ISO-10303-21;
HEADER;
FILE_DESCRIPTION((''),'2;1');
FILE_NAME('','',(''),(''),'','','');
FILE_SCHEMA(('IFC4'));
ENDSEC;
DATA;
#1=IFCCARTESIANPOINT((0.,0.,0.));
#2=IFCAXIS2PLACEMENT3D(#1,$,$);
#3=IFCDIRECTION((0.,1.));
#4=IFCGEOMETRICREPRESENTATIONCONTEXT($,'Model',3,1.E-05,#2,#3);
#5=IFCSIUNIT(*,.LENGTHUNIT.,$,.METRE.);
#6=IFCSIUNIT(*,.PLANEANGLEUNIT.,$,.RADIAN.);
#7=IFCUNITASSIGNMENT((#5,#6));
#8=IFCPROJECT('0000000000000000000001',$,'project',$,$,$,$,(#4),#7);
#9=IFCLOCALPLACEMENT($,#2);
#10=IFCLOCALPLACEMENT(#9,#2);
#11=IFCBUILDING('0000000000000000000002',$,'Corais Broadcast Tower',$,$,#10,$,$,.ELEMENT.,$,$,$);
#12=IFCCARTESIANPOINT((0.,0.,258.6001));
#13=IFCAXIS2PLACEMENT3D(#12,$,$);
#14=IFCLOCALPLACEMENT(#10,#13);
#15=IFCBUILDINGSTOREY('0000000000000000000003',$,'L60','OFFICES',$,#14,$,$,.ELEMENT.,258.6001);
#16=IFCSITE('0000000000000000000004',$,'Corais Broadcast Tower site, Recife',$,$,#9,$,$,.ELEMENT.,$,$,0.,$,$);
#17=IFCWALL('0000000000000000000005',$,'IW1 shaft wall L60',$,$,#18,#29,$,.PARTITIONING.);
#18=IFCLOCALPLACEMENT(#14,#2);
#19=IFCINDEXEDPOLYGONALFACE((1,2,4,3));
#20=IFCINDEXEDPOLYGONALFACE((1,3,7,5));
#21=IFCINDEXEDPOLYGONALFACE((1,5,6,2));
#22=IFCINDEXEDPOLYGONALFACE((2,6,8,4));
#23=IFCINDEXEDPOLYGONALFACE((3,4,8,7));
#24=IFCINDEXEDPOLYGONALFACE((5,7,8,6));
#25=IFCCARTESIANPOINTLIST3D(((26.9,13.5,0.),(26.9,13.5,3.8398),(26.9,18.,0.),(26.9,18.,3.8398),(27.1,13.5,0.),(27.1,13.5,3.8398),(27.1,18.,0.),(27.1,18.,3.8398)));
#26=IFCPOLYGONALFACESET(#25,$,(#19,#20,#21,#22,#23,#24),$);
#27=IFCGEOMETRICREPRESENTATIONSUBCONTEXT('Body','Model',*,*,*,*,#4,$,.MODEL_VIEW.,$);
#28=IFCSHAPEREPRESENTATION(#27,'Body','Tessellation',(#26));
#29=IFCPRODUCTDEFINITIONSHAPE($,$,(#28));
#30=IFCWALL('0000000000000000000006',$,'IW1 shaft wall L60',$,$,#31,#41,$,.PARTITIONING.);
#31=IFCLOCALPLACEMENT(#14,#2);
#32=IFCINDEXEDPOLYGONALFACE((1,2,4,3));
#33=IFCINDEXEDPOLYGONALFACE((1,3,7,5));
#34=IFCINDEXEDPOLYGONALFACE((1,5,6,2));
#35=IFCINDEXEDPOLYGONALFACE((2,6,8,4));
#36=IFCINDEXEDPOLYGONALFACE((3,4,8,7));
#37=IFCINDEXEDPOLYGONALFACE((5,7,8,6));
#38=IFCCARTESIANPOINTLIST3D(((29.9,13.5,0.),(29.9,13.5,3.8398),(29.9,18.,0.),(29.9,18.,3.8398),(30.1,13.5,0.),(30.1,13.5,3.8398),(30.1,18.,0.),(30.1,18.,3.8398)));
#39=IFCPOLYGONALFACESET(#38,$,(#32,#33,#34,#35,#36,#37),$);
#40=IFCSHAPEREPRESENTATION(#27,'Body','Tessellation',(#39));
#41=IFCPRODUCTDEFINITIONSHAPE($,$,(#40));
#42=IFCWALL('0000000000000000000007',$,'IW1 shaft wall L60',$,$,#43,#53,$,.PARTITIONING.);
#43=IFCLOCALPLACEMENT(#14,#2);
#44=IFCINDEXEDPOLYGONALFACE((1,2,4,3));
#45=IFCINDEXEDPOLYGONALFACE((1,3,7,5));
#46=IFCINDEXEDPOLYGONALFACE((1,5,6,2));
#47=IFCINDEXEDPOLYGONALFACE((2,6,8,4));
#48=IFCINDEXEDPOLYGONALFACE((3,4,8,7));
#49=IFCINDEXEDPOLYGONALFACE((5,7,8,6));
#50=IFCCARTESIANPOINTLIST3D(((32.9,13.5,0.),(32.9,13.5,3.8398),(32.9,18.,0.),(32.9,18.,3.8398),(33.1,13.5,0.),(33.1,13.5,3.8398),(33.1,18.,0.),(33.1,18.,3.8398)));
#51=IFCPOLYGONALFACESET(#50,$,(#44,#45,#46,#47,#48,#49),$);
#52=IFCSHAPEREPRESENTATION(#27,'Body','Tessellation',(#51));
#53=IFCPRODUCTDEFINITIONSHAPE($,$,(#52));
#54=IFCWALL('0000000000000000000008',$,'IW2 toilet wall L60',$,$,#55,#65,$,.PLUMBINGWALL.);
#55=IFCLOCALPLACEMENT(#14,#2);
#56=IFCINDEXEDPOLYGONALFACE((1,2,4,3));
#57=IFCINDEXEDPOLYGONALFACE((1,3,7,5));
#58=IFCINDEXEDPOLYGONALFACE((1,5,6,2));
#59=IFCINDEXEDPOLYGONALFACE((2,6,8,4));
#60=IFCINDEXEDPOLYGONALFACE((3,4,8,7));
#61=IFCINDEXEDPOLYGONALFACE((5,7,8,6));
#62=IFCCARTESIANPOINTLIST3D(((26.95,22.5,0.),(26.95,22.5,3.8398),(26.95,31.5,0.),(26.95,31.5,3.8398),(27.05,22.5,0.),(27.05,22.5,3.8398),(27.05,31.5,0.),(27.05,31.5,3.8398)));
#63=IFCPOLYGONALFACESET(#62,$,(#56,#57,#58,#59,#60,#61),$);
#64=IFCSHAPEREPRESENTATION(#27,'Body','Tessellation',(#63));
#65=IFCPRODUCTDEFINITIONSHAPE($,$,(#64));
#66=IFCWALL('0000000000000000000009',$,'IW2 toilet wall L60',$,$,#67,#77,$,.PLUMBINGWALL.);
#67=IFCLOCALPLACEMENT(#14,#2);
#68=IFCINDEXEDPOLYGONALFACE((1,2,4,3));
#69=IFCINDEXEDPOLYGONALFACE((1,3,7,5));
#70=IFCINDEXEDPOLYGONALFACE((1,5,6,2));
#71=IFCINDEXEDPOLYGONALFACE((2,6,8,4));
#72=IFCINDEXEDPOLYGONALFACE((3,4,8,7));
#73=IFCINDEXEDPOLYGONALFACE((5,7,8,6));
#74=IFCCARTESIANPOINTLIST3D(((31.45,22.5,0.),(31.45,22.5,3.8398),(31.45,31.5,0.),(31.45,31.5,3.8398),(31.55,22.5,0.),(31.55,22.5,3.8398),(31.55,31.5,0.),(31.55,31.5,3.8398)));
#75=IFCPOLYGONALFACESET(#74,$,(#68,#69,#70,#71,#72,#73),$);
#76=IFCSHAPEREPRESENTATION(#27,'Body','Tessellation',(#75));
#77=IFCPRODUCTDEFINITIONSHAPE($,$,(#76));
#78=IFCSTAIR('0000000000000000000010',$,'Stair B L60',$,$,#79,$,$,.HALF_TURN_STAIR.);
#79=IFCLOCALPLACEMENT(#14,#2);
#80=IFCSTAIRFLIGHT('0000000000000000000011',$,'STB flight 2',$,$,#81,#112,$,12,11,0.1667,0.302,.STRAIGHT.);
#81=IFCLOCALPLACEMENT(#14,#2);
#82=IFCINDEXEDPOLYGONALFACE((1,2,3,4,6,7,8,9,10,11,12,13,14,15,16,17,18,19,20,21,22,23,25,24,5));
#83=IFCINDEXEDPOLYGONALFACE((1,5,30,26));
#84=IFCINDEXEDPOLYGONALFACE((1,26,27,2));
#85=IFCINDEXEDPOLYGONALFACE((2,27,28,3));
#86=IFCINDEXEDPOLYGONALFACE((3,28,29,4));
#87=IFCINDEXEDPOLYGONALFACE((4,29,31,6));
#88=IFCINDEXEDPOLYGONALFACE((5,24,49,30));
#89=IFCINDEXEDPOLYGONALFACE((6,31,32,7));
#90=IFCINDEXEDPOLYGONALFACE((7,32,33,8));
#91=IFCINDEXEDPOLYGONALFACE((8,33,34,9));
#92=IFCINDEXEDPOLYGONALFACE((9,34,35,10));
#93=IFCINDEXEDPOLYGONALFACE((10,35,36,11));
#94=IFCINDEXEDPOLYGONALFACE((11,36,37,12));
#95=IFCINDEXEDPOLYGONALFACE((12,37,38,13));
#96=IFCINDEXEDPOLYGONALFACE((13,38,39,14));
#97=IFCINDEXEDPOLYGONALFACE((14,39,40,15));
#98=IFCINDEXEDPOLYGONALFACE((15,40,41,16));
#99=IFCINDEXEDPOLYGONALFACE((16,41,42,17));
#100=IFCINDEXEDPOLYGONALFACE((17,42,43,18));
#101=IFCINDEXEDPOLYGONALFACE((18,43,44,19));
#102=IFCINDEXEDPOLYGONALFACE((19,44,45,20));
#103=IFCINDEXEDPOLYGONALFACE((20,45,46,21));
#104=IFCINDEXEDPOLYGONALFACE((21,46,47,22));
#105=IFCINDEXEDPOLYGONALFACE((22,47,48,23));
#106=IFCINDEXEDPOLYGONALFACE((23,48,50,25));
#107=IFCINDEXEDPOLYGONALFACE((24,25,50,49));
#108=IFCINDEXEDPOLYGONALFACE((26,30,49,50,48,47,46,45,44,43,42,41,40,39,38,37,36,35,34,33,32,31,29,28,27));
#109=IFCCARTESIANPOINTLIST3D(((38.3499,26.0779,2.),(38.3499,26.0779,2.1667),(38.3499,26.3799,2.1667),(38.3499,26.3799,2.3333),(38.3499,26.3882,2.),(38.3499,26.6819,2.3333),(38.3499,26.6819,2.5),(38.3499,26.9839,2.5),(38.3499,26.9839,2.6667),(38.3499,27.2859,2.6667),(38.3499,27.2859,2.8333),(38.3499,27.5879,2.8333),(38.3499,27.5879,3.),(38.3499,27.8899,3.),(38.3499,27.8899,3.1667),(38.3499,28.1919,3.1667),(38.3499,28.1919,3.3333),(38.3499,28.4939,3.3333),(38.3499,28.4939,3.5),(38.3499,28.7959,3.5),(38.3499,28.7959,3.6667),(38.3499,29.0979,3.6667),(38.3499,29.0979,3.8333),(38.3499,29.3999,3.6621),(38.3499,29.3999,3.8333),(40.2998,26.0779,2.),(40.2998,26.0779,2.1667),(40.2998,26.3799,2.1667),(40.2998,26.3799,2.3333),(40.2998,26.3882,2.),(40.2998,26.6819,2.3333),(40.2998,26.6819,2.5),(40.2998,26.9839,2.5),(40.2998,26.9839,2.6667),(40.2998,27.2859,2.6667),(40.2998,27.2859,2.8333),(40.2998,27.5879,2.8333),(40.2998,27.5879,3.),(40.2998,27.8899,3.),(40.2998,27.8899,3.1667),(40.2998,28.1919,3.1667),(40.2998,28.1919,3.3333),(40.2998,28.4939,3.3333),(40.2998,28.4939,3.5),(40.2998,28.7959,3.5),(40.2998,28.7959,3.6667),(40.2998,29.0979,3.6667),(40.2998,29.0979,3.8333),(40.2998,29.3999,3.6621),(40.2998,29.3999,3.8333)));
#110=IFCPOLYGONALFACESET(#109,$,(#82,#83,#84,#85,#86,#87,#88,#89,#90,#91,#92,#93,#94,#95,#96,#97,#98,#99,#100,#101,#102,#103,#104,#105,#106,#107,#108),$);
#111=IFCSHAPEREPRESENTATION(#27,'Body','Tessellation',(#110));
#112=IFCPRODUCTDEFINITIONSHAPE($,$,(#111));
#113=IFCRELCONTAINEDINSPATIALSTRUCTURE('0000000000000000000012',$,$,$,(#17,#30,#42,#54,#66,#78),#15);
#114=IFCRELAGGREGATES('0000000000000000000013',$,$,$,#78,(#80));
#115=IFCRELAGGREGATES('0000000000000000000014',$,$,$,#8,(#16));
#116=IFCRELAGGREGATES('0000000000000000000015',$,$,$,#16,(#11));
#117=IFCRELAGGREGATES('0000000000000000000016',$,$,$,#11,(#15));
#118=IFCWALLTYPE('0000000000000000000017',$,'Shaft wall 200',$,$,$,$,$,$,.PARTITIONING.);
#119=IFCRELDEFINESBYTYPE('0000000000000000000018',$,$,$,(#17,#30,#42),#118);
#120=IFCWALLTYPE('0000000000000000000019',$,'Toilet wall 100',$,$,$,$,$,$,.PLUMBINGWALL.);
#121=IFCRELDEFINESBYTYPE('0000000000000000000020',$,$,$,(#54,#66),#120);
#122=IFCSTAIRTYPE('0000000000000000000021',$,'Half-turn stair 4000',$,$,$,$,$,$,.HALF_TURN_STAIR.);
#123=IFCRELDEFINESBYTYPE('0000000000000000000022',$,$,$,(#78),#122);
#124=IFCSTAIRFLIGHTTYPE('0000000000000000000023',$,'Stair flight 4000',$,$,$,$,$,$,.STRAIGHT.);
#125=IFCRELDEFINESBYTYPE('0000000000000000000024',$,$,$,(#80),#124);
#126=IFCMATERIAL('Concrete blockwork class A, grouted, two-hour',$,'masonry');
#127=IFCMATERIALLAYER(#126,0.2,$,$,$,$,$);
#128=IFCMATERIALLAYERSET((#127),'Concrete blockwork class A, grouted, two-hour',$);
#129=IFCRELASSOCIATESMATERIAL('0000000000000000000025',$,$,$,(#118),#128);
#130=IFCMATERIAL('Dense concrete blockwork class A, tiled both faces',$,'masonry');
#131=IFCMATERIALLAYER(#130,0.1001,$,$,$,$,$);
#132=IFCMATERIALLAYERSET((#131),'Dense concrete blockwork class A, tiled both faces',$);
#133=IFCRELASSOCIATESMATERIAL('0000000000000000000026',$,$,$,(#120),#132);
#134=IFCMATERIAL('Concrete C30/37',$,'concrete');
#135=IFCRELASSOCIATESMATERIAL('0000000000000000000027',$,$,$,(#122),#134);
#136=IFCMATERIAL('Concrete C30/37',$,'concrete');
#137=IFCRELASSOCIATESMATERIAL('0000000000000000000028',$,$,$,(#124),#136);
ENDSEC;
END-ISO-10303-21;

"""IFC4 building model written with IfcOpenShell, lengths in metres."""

from ifc_helpers import new_model, si_unit, direction, frame, frame_2d, origin, place, context, subcontext, project, spatial, polyline, rectangle, outline, extrude, material, layer, layer_set, type_object, element, aggregate, save


model = new_model("IFC4")

# Units and contexts
model_context = context("Model", 3, precision=1e-05, world=origin(), true_north=direction((0.0, 1.0)))
body_context = subcontext(model_context, "Body", "Model", "MODEL_VIEW")
ifc_project = project(units=[si_unit("LENGTHUNIT", "METRE"), si_unit("PLANEANGLEUNIT", "RADIAN")], contexts=[model_context])

# Site, building, storey
site_placement = place(None, origin())
site = spatial("IfcSite", under=ifc_project, at=site_placement, Name="Corais Broadcast Tower site, Recife", CompositionType="ELEMENT", RefElevation=0.0)
building_placement = place(site_placement, origin())
building = spatial("IfcBuilding", under=site, at=building_placement, Name="Corais Broadcast Tower", CompositionType="ELEMENT")
storey_placement = place(building_placement, frame((0.0, 0.0, 258.6001)))
storey = spatial("IfcBuildingStorey", under=building, at=storey_placement, Name="L60", Description="OFFICES", CompositionType="ELEMENT", Elevation=258.6001)

# Walls
ifc_material_1 = material(Name="Concrete blockwork class A, grouted, two-hour", Category="masonry")
ifc_layer_1 = layer(ifc_material_1, 0.2)
ifc_layer_set_1 = layer_set([ifc_layer_1], Name="Concrete blockwork class A, grouted, two-hour")
wall_type_1 = type_object("IfcWallType", Name="Shaft wall 200", PredefinedType="PARTITIONING", material=ifc_layer_set_1)
for number, where, z_axis, x_axis, name in (
    (1, (27.0, 13.5, 0.0), (0.0, 0.0, 1.0), (0.0, 1.0, 0.0), "IW1 shaft wall L60"),
    (2, (30.0, 13.5, 0.0), (0.0, 0.0, 1.0), (0.0, 1.0, 0.0), "IW1 shaft wall L60"),
    (3, (33.0, 13.5, 0.0), (0.0, 0.0, 1.0), (0.0, 1.0, 0.0), "IW1 shaft wall L60"),
):
    element("IfcWall", number, at=place(storey_placement, frame(where, z_axis=z_axis, x_axis=x_axis)), inside=storey, type_object=wall_type_1, Name=name, PredefinedType="PARTITIONING", context=body_context, shape_type="SweptSolid", body=[
        extrude(rectangle(XDim=4.5, YDim=0.2, at=frame_2d((2.25, 0.0))), origin(), (0.0, 0.0, 1.0), 3.8398),
    ])
ifc_material_2 = material(Name="Dense concrete blockwork class A, tiled both faces", Category="masonry")
ifc_layer_2 = layer(ifc_material_2, 0.1001)
ifc_layer_set_2 = layer_set([ifc_layer_2], Name="Dense concrete blockwork class A, tiled both faces")
wall_type_2 = type_object("IfcWallType", Name="Toilet wall 100", PredefinedType="PLUMBINGWALL", material=ifc_layer_set_2)
for number, where, z_axis, x_axis, name in (
    (4, (27.0, 22.5, 0.0), (0.0, 0.0, 1.0), (0.0, 1.0, 0.0), "IW2 toilet wall L60"),
    (5, (31.5, 22.5, 0.0), (0.0, 0.0, 1.0), (0.0, 1.0, 0.0), "IW2 toilet wall L60"),
):
    element("IfcWall", number, at=place(storey_placement, frame(where, z_axis=z_axis, x_axis=x_axis)), inside=storey, type_object=wall_type_2, Name=name, PredefinedType="PLUMBINGWALL", context=body_context, shape_type="SweptSolid", body=[
        extrude(rectangle(XDim=9.0, YDim=0.1001, at=frame_2d((4.5, 0.0))), origin(), (0.0, 0.0, 1.0), 3.8398),
    ])

# Stair, stair flight
ifc_material_3 = material(Name="Concrete C30/37", Category="concrete")
stair_type = type_object("IfcStairType", Name="Half-turn stair 4000", PredefinedType="HALF_TURN_STAIR", material=ifc_material_3)
stair_placement = place(storey_placement, origin())
stair = element("IfcStair", 6, at=stair_placement, inside=storey, type_object=stair_type, Name="Stair B L60", PredefinedType="HALF_TURN_STAIR")
ifc_material_4 = material(Name="Concrete C30/37", Category="concrete")
stair_flight_type = type_object("IfcStairFlightType", Name="Stair flight 4000", PredefinedType="STRAIGHT", material=ifc_material_4)
stair_flight_placement = place(storey_placement, frame((39.325, 26.0779, 2.0), z_axis=(0.0, 0.0, 1.0), x_axis=(0.0, 1.0, 0.0)))
stair_flight = element("IfcStairFlight", 7, at=stair_flight_placement, type_object=stair_flight_type, Name="STB flight 2", NumberOfRisers=12, NumberOfTreads=11, PredefinedType="STRAIGHT", RiserHeight=0.1667, TreadLength=0.302, context=body_context, shape_type="SweptSolid", body=[
    extrude(outline(polyline([(0.0, 0.0), (0.0, 0.1667), (0.302, 0.1667), (0.302, 0.3333), (0.604, 0.3333), (0.604, 0.5), (0.906, 0.5), (0.906, 0.6667), (1.208, 0.6667), (1.208, 0.8333), (1.51, 0.8333), (1.51, 1.0), (1.812, 1.0), (1.812, 1.1667), (2.114, 1.1667), (2.114, 1.3333), (2.416, 1.3333), (2.416, 1.5), (2.718, 1.5), (2.718, 1.6667), (3.02, 1.6667), (3.02, 1.8333), (3.322, 1.8333), (3.322, 2.0), (3.322, 1.6621), (0.3103, 0.0), (0.0, 0.0)])), frame((0.0, 0.9751, 0.0), z_axis=(0.0, -1.0, 0.0), x_axis=(1.0, 0.0, 0.0)), (0.0, 0.0, 1.0), 1.95),
])
aggregate(stair, [stair_flight])

save(model, "model.ifc")
